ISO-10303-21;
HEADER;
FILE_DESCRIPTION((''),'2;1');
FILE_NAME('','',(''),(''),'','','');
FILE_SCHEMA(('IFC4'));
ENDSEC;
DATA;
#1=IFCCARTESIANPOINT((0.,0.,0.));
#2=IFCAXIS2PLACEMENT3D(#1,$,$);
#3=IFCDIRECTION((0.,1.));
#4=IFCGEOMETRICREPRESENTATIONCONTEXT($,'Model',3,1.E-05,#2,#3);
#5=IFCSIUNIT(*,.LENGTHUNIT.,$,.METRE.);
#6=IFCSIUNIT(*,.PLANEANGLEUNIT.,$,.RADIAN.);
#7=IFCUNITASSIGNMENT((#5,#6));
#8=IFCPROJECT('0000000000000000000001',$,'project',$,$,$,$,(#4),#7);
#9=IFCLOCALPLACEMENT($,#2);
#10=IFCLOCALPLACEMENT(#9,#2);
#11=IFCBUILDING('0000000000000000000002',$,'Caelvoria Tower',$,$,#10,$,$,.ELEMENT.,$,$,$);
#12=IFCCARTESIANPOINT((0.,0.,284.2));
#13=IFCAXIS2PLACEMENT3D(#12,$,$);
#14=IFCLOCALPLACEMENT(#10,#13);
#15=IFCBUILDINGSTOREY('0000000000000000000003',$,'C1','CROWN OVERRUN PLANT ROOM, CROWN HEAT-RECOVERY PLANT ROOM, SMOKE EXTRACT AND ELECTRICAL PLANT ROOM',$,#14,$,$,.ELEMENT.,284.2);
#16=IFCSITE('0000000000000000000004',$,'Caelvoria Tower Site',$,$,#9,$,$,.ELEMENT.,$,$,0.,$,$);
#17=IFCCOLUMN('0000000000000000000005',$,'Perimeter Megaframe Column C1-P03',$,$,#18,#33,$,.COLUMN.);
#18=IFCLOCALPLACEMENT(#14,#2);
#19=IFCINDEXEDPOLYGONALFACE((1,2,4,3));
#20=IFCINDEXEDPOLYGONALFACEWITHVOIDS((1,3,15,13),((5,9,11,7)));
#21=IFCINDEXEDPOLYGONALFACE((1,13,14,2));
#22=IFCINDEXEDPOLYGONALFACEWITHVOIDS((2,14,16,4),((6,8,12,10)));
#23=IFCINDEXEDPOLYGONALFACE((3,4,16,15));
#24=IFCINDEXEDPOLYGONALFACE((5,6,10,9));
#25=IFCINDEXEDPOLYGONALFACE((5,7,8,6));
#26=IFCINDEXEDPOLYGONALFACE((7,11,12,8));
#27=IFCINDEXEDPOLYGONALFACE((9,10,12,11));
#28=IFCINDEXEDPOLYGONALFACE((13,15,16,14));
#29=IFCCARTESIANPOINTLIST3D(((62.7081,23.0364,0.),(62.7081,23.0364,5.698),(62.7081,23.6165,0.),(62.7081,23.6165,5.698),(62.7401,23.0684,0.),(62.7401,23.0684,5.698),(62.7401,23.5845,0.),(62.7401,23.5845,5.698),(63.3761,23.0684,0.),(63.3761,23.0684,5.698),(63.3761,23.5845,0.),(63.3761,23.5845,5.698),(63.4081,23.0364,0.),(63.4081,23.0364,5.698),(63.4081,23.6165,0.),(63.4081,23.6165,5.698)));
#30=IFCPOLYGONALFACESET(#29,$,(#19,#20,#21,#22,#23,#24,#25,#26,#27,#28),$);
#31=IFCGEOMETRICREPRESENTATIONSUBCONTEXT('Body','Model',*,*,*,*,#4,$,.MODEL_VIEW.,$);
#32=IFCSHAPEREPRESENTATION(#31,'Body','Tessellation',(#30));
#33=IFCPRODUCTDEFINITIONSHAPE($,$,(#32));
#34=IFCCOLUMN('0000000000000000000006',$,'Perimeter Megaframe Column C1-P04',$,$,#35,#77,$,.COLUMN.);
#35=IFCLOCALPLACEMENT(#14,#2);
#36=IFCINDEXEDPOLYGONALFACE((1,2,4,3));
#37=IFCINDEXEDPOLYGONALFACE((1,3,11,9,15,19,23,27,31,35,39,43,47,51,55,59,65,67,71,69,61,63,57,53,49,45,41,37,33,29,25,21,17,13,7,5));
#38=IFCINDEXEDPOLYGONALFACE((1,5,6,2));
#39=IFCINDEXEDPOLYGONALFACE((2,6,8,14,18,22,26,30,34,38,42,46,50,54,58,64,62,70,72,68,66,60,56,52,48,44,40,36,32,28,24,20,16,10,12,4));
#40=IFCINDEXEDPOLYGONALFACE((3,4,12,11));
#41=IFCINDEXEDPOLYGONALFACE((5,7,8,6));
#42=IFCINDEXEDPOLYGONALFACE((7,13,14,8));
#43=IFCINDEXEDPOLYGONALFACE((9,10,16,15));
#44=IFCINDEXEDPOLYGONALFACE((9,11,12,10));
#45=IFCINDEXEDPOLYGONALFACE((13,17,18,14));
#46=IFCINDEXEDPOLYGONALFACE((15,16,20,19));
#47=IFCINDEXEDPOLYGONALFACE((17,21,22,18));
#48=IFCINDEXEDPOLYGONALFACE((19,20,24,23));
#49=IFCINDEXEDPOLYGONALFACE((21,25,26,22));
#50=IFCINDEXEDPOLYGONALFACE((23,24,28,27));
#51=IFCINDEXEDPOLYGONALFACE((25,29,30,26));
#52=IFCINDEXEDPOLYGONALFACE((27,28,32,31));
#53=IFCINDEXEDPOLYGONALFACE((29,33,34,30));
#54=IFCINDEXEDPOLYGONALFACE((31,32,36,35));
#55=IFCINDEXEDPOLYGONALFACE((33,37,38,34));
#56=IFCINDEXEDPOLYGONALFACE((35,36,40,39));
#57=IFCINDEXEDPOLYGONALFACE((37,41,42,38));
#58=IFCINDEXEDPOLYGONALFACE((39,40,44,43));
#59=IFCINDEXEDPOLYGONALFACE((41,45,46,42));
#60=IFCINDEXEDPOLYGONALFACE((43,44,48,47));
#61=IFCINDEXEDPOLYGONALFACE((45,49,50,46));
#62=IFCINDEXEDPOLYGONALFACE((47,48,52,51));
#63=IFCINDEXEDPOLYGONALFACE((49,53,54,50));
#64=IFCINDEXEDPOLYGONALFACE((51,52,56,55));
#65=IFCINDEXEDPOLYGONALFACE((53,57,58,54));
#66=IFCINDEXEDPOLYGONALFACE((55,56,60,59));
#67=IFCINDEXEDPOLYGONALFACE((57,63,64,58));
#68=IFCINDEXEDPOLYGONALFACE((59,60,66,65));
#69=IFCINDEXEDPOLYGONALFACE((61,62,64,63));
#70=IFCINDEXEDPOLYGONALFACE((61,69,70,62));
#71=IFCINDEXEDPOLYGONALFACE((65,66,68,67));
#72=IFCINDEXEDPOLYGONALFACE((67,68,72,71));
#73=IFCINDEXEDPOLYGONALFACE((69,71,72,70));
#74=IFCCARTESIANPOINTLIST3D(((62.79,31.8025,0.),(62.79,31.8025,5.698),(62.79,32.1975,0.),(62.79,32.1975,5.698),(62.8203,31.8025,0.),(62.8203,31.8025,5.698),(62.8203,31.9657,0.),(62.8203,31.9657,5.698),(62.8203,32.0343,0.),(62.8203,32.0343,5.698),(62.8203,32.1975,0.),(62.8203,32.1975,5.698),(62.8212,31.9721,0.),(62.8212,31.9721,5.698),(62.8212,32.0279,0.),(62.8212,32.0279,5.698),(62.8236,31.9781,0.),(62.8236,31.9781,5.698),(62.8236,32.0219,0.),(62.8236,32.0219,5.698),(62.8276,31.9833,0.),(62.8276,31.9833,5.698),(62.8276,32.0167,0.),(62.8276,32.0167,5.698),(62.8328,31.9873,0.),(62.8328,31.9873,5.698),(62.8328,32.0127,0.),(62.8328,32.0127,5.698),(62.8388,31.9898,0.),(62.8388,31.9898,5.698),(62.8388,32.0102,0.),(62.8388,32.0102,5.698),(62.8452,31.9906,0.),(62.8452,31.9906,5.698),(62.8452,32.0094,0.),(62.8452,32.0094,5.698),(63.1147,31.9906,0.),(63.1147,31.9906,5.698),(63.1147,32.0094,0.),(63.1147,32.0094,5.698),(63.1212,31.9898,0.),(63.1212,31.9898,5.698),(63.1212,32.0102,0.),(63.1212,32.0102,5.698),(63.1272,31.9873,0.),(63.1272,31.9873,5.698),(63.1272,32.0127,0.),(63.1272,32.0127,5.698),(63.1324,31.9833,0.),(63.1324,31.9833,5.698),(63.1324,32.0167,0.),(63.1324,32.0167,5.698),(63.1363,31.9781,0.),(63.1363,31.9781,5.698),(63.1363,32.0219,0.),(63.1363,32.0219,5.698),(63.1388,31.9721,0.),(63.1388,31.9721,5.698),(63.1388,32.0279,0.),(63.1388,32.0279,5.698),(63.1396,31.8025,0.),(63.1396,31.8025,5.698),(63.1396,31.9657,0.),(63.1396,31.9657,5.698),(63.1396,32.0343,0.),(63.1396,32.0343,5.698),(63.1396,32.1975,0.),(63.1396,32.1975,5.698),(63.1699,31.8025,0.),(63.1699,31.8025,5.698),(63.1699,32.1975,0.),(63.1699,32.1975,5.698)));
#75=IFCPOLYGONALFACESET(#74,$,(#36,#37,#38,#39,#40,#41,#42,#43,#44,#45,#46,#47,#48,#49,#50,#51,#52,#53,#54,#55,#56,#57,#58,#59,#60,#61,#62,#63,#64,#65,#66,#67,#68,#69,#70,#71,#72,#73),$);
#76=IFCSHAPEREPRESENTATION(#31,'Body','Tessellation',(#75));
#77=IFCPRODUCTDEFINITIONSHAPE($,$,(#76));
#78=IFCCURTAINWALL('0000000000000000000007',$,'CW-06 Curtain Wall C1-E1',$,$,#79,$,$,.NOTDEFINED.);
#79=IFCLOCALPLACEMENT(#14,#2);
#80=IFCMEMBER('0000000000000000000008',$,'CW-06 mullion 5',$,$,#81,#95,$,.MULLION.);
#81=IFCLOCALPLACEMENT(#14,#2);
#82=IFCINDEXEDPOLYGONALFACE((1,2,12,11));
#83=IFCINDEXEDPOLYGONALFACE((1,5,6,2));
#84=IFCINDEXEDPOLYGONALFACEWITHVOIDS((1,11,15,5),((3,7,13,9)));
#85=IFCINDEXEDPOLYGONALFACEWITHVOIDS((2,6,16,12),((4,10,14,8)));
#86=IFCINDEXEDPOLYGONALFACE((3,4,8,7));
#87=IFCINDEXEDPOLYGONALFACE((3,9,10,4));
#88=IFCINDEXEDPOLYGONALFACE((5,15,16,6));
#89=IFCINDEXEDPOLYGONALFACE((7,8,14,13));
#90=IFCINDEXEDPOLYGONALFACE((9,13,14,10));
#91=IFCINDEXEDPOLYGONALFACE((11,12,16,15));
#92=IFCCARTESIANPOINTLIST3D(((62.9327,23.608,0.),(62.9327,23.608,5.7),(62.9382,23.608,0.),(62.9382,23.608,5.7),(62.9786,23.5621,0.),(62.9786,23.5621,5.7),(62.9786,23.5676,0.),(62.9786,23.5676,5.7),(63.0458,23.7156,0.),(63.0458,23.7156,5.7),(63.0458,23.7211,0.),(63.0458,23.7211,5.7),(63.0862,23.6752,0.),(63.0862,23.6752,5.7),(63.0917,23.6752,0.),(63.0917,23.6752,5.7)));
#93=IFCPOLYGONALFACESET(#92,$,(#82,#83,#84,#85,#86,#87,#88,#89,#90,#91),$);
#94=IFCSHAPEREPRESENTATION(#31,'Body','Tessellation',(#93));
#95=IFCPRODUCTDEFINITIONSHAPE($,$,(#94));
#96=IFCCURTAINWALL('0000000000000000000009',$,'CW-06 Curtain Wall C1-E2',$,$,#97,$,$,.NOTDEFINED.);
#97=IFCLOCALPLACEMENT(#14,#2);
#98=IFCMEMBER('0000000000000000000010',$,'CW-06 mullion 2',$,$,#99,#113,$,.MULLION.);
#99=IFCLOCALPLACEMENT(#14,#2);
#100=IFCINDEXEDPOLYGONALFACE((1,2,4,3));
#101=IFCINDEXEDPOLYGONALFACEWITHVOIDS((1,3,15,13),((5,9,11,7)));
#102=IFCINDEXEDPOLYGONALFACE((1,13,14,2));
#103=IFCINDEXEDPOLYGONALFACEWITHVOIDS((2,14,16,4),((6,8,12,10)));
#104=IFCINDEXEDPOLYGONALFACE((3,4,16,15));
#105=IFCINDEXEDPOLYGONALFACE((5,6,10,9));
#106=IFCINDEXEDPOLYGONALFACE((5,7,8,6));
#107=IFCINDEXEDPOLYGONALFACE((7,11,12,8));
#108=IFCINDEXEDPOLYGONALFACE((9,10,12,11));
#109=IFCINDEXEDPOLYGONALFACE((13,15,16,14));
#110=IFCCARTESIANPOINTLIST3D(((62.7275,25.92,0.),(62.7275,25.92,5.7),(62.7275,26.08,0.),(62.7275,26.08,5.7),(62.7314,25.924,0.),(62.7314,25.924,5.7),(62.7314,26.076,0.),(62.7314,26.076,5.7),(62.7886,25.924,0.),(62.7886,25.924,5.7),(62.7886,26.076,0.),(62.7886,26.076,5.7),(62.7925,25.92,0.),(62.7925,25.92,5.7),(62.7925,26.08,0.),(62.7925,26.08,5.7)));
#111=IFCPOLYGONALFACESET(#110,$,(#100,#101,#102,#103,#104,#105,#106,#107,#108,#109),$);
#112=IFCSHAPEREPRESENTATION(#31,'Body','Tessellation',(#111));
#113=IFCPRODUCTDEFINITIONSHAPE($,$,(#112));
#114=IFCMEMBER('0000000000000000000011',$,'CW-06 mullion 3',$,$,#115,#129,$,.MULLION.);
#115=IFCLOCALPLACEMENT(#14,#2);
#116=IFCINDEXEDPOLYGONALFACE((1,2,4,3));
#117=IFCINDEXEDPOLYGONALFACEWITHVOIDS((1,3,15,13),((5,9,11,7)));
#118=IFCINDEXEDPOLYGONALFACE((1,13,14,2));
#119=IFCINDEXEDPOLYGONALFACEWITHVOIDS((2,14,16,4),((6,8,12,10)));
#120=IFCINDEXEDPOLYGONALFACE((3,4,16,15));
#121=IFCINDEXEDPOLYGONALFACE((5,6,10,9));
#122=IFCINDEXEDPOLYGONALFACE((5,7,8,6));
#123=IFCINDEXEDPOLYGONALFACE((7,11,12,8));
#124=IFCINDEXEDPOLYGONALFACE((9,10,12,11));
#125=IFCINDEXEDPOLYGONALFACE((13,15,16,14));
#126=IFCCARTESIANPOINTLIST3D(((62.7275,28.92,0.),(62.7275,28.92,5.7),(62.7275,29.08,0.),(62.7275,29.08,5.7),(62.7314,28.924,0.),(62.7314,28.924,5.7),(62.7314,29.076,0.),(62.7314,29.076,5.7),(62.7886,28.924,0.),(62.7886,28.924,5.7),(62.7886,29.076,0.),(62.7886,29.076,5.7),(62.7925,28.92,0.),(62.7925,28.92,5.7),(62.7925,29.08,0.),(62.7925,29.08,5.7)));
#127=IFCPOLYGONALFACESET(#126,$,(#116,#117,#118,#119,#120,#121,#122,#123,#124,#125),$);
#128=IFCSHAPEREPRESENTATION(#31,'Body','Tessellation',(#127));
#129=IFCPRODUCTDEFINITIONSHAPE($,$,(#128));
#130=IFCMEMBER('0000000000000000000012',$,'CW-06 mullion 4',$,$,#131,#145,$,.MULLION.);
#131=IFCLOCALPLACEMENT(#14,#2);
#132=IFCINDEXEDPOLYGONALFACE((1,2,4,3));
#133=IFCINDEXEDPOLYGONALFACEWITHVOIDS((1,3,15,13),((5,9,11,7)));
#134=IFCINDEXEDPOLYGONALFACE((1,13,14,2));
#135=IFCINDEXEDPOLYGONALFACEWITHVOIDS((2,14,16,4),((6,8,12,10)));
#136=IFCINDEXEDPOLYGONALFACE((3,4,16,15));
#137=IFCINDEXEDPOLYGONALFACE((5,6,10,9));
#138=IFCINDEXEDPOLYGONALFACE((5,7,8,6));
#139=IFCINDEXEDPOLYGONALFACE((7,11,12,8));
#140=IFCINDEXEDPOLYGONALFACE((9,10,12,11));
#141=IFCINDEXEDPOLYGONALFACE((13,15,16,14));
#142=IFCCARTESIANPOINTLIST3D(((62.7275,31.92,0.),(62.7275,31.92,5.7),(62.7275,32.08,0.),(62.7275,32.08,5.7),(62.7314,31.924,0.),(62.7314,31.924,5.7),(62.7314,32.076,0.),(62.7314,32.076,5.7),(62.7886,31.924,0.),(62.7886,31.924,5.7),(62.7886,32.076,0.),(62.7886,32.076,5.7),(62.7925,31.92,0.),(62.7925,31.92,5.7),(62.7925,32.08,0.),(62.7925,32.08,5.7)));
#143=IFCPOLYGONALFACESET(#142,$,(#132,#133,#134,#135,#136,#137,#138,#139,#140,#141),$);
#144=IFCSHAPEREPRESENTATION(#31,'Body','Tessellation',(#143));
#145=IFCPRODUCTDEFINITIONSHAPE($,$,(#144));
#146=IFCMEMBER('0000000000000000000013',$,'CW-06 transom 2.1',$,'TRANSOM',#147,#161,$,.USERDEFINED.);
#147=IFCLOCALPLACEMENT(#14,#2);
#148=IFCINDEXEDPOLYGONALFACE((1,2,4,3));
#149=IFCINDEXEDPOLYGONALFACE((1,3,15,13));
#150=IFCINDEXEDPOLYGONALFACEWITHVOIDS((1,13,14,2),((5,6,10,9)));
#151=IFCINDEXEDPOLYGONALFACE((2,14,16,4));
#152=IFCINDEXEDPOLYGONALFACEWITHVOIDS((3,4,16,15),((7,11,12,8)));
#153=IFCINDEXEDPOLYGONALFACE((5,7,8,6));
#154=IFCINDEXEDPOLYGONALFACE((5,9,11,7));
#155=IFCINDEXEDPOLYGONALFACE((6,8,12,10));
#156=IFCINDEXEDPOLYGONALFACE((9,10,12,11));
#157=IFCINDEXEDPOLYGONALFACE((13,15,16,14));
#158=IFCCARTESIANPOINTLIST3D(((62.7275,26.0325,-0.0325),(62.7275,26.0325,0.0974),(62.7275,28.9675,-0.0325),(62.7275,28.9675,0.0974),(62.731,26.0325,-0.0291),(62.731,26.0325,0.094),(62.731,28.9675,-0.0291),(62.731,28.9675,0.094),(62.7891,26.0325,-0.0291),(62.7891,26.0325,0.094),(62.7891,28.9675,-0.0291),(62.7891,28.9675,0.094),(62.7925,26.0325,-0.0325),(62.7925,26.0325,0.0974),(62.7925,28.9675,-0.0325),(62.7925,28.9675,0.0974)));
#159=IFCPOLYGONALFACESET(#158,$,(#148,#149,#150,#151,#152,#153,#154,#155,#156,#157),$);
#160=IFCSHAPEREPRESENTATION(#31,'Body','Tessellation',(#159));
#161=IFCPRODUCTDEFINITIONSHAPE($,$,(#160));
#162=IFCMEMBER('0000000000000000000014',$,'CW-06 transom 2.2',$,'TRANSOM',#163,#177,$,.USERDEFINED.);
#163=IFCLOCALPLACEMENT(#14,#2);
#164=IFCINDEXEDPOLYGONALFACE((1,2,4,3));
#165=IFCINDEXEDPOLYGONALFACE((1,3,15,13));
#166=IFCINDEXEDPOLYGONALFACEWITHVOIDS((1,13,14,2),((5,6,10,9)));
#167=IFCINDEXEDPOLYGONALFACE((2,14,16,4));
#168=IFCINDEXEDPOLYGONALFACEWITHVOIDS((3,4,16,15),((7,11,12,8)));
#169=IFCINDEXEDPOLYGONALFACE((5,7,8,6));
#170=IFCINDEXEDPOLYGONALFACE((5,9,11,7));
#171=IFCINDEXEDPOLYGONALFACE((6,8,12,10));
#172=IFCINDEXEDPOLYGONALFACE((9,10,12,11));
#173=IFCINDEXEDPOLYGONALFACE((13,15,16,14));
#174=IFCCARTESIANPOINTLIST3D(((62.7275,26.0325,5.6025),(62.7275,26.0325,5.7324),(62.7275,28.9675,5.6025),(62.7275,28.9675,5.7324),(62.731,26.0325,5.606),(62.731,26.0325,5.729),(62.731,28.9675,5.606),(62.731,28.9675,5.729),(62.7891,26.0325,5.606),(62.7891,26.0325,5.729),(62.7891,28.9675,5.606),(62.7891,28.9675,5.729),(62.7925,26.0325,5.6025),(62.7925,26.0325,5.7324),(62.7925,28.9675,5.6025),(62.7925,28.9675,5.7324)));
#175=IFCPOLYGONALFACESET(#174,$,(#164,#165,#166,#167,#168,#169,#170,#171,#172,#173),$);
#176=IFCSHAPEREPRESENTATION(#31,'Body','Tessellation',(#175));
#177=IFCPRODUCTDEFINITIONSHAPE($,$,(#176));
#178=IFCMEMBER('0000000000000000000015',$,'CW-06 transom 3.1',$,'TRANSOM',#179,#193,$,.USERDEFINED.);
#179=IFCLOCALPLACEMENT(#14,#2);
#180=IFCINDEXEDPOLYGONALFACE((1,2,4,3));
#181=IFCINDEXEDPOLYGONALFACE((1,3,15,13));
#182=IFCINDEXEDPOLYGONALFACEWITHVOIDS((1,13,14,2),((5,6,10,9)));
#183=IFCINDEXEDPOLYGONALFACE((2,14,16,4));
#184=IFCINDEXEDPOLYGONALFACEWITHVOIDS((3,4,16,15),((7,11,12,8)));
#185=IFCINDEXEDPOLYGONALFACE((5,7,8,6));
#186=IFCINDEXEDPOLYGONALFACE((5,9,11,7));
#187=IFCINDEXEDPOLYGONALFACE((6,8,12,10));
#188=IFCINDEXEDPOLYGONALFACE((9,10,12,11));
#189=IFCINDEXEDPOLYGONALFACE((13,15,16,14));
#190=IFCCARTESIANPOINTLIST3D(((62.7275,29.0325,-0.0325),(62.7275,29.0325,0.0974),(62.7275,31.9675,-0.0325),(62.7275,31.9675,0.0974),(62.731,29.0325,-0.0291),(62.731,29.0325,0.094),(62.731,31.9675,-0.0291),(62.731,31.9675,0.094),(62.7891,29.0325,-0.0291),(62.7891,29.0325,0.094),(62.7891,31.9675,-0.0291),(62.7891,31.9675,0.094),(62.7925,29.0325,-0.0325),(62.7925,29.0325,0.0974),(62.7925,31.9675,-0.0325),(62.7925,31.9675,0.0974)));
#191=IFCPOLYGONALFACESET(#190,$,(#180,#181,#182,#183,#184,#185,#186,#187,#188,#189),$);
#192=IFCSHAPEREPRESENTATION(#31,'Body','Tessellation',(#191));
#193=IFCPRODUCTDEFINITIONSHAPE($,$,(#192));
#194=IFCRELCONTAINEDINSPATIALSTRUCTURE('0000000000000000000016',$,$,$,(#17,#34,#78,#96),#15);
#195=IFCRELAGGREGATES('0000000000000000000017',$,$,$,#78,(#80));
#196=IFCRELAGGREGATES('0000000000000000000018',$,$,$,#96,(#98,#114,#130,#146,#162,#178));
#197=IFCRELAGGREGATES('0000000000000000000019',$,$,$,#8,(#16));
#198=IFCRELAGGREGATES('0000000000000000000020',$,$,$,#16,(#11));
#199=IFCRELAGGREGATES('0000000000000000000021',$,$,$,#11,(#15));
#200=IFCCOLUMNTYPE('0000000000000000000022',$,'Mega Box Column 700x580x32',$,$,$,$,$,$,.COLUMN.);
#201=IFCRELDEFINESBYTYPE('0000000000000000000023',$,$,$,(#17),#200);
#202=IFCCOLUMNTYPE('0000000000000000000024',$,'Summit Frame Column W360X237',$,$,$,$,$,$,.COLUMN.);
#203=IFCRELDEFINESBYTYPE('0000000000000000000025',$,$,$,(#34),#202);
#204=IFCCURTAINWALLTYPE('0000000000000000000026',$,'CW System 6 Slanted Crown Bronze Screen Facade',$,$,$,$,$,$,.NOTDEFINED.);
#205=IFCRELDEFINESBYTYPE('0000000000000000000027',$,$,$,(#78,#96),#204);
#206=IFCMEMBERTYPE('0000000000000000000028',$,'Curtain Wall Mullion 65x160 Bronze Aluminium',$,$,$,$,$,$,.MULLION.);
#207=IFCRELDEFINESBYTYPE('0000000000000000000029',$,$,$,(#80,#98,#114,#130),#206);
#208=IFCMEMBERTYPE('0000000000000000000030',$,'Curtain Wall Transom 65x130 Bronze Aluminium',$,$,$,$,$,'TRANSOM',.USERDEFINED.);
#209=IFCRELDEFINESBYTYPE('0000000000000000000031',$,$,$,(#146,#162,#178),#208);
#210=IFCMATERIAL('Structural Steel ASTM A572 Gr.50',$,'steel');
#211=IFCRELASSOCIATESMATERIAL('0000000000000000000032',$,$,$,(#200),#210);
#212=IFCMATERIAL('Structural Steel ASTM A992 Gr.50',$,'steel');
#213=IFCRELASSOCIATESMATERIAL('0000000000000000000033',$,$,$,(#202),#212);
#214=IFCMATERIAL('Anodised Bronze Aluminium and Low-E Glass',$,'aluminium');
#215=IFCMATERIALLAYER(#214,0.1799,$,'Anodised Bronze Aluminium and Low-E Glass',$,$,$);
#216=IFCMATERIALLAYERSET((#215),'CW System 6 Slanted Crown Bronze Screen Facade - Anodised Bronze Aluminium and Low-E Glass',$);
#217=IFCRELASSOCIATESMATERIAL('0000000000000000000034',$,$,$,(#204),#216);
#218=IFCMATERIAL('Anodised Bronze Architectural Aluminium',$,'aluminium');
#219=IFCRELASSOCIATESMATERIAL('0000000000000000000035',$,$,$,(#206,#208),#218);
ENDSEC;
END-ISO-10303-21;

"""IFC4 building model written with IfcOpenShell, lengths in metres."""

from ifc_helpers import new_model, si_unit, direction, frame, origin, origin_2d, place, context, subcontext, project, spatial, hollow_rectangle, i_section, extrude, material, layer, layer_set, material_profile, profile_set, type_object, element, aggregate, save


model = new_model("IFC4")

# Units and contexts
model_context = context("Model", 3, precision=1e-05, world=origin(), true_north=direction((0.0, 1.0)))
body_context = subcontext(model_context, "Body", "Model", "MODEL_VIEW")
ifc_project = project(units=[si_unit("LENGTHUNIT", "METRE"), si_unit("PLANEANGLEUNIT", "RADIAN")], contexts=[model_context])

# Site, building, storey
site_placement = place(None, origin())
site = spatial("IfcSite", under=ifc_project, at=site_placement, Name="Caelvoria Tower Site", CompositionType="ELEMENT", RefElevation=0.0)
building_placement = place(site_placement, origin())
building = spatial("IfcBuilding", under=site, at=building_placement, Name="Caelvoria Tower", CompositionType="ELEMENT")
storey_placement = place(building_placement, frame((0.0, 0.0, 284.2)))
storey = spatial("IfcBuildingStorey", under=building, at=storey_placement, Name="C1", Description="CROWN OVERRUN PLANT ROOM, CROWN HEAT-RECOVERY PLANT ROOM, SMOKE EXTRACT AND ELECTRICAL PLANT ROOM", CompositionType="ELEMENT", Elevation=284.2)

# Columns
ifc_material_1 = material(Name="Structural Steel ASTM A572 Gr.50", Category="steel")
ifc_material_profile_1 = material_profile(ifc_material_1, hollow_rectangle(XDim=0.5801, YDim=0.7, WallThickness=0.032, at=origin_2d()), Name="Structural Steel ASTM A572 Gr.50")
ifc_profile_set_1 = profile_set([ifc_material_profile_1], Name="BOX700X580X32 - Structural Steel ASTM A572 Gr.50")
column_type_1 = type_object("IfcColumnType", Name="Mega Box Column 700x580x32", PredefinedType="COLUMN", material=ifc_profile_set_1)
column_1_placement = place(storey_placement, frame((63.0581, 23.3264, 0.0), z_axis=(0.0, 0.0, 1.0), x_axis=(0.0, 1.0, 0.0)))
element("IfcColumn", 1, at=column_1_placement, inside=storey, type_object=column_type_1, Name="Perimeter Megaframe Column C1-P03", PredefinedType="COLUMN", context=body_context, shape_type="SweptSolid", body=[
    extrude(hollow_rectangle(XDim=0.5801, YDim=0.7, WallThickness=0.032, at=origin_2d()), origin(), (0.0, 0.0, 1.0), 5.698),
])
ifc_material_2 = material(Name="Structural Steel ASTM A992 Gr.50", Category="steel")
ifc_material_profile_2 = material_profile(ifc_material_2, i_section(OverallWidth=0.395, OverallDepth=0.3799, WebThickness=0.0188, FlangeThickness=0.0303, FilletRadius=0.0249, at=origin_2d()), Name="Structural Steel ASTM A992 Gr.50")
ifc_profile_set_2 = profile_set([ifc_material_profile_2], Name="W360X237 - Structural Steel ASTM A992 Gr.50")
column_type_2 = type_object("IfcColumnType", Name="Summit Frame Column W360X237", PredefinedType="COLUMN", material=ifc_profile_set_2)
column_2_placement = place(storey_placement, frame((62.98, 32.0, 0.0), z_axis=(0.0, 0.0, 1.0), x_axis=(0.0, 1.0, 0.0)))
element("IfcColumn", 2, at=column_2_placement, inside=storey, type_object=column_type_2, Name="Perimeter Megaframe Column C1-P04", PredefinedType="COLUMN", context=body_context, shape_type="SweptSolid", body=[
    extrude(i_section(OverallWidth=0.395, OverallDepth=0.3799, WebThickness=0.0188, FlangeThickness=0.0303, FilletRadius=0.0249, at=origin_2d()), origin(), (0.0, 0.0, 1.0), 5.698),
])

# Curtain wall, member
ifc_material_3 = material(Name="Anodised Bronze Aluminium and Low-E Glass", Category="aluminium")
ifc_layer_1 = layer(ifc_material_3, 0.1799, Name="Anodised Bronze Aluminium and Low-E Glass")
ifc_layer_set_1 = layer_set([ifc_layer_1], Name="CW System 6 Slanted Crown Bronze Screen Facade - Anodised Bronze Aluminium and Low-E Glass")
curtain_wall_type = type_object("IfcCurtainWallType", Name="CW System 6 Slanted Crown Bronze Screen Facade", PredefinedType="NOTDEFINED", material=ifc_layer_set_1)
curtain_wall_1_placement = place(storey_placement, origin())
curtain_wall_1 = element("IfcCurtainWall", 3, at=curtain_wall_1_placement, inside=storey, type_object=curtain_wall_type, Name="CW-06 Curtain Wall C1-E1", PredefinedType="NOTDEFINED")
ifc_material_4 = material(Name="Anodised Bronze Architectural Aluminium", Category="aluminium")
ifc_material_profile_3 = material_profile(ifc_material_4, hollow_rectangle(XDim=0.0649, YDim=0.1599, WallThickness=0.0039, at=origin_2d()), Name="Anodised Bronze Architectural Aluminium")
ifc_profile_set_3 = profile_set([ifc_material_profile_3], Name="CW_MULL_65X160 - Anodised Bronze Architectural Aluminium")
member_type_1 = type_object("IfcMemberType", Name="Curtain Wall Mullion 65x160 Bronze Aluminium", PredefinedType="MULLION", material=ifc_profile_set_3)
member_1_placement = place(storey_placement, frame((63.0122, 23.6416, 0.0), z_axis=(0.0, 0.0, 1.0), x_axis=(-0.707107, 0.707107, 0.0)))
member_1 = element("IfcMember", 4, at=member_1_placement, type_object=member_type_1, Name="CW-06 mullion 5", PredefinedType="MULLION", context=body_context, shape_type="SweptSolid", body=[
    extrude(hollow_rectangle(XDim=0.0649, YDim=0.1599, WallThickness=0.0039, at=origin_2d()), origin(), (0.0, 0.0, 1.0), 5.7),
])
aggregate(curtain_wall_1, [member_1])

# Curtain wall, members
curtain_wall_2_placement = place(storey_placement, origin())
curtain_wall_2 = element("IfcCurtainWall", 5, at=curtain_wall_2_placement, inside=storey, type_object=curtain_wall_type, Name="CW-06 Curtain Wall C1-E2", PredefinedType="NOTDEFINED")
member_2_placement = place(storey_placement, frame((62.76, 26.0, 0.0), z_axis=(0.0, 0.0, 1.0), x_axis=(-1.0, 0.0, 0.0)))
member_2 = element("IfcMember", 6, at=member_2_placement, type_object=member_type_1, Name="CW-06 mullion 2", PredefinedType="MULLION", context=body_context, shape_type="SweptSolid", body=[
    extrude(hollow_rectangle(XDim=0.0649, YDim=0.1599, WallThickness=0.0039, at=origin_2d()), origin(), (0.0, 0.0, 1.0), 5.7),
])
member_3_placement = place(storey_placement, frame((62.76, 29.0, 0.0), z_axis=(0.0, 0.0, 1.0), x_axis=(-1.0, 0.0, 0.0)))
member_3 = element("IfcMember", 7, at=member_3_placement, type_object=member_type_1, Name="CW-06 mullion 3", PredefinedType="MULLION", context=body_context, shape_type="SweptSolid", body=[
    extrude(hollow_rectangle(XDim=0.0649, YDim=0.1599, WallThickness=0.0039, at=origin_2d()), origin(), (0.0, 0.0, 1.0), 5.7),
])
member_4_placement = place(storey_placement, frame((62.76, 32.0, 0.0), z_axis=(0.0, 0.0, 1.0), x_axis=(-1.0, 0.0, 0.0)))
member_4 = element("IfcMember", 8, at=member_4_placement, type_object=member_type_1, Name="CW-06 mullion 4", PredefinedType="MULLION", context=body_context, shape_type="SweptSolid", body=[
    extrude(hollow_rectangle(XDim=0.0649, YDim=0.1599, WallThickness=0.0039, at=origin_2d()), origin(), (0.0, 0.0, 1.0), 5.7),
])
ifc_material_profile_4 = material_profile(ifc_material_4, hollow_rectangle(XDim=0.0649, YDim=0.1299, WallThickness=0.0034, at=origin_2d()), Name="Anodised Bronze Architectural Aluminium")
ifc_profile_set_4 = profile_set([ifc_material_profile_4], Name="CW_TRAN_65X130 - Anodised Bronze Architectural Aluminium")
member_type_2 = type_object("IfcMemberType", Name="Curtain Wall Transom 65x130 Bronze Aluminium", ElementType="TRANSOM", PredefinedType="USERDEFINED", material=ifc_profile_set_4)
member_5_placement = place(storey_placement, frame((62.76, 26.0325, 0.0325), z_axis=(0.0, 1.0, 0.0), x_axis=(-1.0, 0.0, 0.0)))
member_5 = element("IfcMember", 9, at=member_5_placement, type_object=member_type_2, Name="CW-06 transom 2.1", ObjectType="TRANSOM", PredefinedType="USERDEFINED", context=body_context, shape_type="SweptSolid", body=[
    extrude(hollow_rectangle(XDim=0.0649, YDim=0.1299, WallThickness=0.0034, at=origin_2d()), origin(), (0.0, 0.0, 1.0), 2.9351),
])
member_6_placement = place(storey_placement, frame((62.76, 26.0325, 5.6675), z_axis=(0.0, 1.0, 0.0), x_axis=(-1.0, 0.0, 0.0)))
member_6 = element("IfcMember", 10, at=member_6_placement, type_object=member_type_2, Name="CW-06 transom 2.2", ObjectType="TRANSOM", PredefinedType="USERDEFINED", context=body_context, shape_type="SweptSolid", body=[
    extrude(hollow_rectangle(XDim=0.0649, YDim=0.1299, WallThickness=0.0034, at=origin_2d()), origin(), (0.0, 0.0, 1.0), 2.9351),
])
member_7_placement = place(storey_placement, frame((62.76, 29.0325, 0.0325), z_axis=(0.0, 1.0, 0.0), x_axis=(-1.0, 0.0, 0.0)))
member_7 = element("IfcMember", 11, at=member_7_placement, type_object=member_type_2, Name="CW-06 transom 3.1", ObjectType="TRANSOM", PredefinedType="USERDEFINED", context=body_context, shape_type="SweptSolid", body=[
    extrude(hollow_rectangle(XDim=0.0649, YDim=0.1299, WallThickness=0.0034, at=origin_2d()), origin(), (0.0, 0.0, 1.0), 2.9351),
])

aggregate(curtain_wall_2, [member_2, member_3, member_4, member_5, member_6, member_7])

save(model, "model.ifc")
